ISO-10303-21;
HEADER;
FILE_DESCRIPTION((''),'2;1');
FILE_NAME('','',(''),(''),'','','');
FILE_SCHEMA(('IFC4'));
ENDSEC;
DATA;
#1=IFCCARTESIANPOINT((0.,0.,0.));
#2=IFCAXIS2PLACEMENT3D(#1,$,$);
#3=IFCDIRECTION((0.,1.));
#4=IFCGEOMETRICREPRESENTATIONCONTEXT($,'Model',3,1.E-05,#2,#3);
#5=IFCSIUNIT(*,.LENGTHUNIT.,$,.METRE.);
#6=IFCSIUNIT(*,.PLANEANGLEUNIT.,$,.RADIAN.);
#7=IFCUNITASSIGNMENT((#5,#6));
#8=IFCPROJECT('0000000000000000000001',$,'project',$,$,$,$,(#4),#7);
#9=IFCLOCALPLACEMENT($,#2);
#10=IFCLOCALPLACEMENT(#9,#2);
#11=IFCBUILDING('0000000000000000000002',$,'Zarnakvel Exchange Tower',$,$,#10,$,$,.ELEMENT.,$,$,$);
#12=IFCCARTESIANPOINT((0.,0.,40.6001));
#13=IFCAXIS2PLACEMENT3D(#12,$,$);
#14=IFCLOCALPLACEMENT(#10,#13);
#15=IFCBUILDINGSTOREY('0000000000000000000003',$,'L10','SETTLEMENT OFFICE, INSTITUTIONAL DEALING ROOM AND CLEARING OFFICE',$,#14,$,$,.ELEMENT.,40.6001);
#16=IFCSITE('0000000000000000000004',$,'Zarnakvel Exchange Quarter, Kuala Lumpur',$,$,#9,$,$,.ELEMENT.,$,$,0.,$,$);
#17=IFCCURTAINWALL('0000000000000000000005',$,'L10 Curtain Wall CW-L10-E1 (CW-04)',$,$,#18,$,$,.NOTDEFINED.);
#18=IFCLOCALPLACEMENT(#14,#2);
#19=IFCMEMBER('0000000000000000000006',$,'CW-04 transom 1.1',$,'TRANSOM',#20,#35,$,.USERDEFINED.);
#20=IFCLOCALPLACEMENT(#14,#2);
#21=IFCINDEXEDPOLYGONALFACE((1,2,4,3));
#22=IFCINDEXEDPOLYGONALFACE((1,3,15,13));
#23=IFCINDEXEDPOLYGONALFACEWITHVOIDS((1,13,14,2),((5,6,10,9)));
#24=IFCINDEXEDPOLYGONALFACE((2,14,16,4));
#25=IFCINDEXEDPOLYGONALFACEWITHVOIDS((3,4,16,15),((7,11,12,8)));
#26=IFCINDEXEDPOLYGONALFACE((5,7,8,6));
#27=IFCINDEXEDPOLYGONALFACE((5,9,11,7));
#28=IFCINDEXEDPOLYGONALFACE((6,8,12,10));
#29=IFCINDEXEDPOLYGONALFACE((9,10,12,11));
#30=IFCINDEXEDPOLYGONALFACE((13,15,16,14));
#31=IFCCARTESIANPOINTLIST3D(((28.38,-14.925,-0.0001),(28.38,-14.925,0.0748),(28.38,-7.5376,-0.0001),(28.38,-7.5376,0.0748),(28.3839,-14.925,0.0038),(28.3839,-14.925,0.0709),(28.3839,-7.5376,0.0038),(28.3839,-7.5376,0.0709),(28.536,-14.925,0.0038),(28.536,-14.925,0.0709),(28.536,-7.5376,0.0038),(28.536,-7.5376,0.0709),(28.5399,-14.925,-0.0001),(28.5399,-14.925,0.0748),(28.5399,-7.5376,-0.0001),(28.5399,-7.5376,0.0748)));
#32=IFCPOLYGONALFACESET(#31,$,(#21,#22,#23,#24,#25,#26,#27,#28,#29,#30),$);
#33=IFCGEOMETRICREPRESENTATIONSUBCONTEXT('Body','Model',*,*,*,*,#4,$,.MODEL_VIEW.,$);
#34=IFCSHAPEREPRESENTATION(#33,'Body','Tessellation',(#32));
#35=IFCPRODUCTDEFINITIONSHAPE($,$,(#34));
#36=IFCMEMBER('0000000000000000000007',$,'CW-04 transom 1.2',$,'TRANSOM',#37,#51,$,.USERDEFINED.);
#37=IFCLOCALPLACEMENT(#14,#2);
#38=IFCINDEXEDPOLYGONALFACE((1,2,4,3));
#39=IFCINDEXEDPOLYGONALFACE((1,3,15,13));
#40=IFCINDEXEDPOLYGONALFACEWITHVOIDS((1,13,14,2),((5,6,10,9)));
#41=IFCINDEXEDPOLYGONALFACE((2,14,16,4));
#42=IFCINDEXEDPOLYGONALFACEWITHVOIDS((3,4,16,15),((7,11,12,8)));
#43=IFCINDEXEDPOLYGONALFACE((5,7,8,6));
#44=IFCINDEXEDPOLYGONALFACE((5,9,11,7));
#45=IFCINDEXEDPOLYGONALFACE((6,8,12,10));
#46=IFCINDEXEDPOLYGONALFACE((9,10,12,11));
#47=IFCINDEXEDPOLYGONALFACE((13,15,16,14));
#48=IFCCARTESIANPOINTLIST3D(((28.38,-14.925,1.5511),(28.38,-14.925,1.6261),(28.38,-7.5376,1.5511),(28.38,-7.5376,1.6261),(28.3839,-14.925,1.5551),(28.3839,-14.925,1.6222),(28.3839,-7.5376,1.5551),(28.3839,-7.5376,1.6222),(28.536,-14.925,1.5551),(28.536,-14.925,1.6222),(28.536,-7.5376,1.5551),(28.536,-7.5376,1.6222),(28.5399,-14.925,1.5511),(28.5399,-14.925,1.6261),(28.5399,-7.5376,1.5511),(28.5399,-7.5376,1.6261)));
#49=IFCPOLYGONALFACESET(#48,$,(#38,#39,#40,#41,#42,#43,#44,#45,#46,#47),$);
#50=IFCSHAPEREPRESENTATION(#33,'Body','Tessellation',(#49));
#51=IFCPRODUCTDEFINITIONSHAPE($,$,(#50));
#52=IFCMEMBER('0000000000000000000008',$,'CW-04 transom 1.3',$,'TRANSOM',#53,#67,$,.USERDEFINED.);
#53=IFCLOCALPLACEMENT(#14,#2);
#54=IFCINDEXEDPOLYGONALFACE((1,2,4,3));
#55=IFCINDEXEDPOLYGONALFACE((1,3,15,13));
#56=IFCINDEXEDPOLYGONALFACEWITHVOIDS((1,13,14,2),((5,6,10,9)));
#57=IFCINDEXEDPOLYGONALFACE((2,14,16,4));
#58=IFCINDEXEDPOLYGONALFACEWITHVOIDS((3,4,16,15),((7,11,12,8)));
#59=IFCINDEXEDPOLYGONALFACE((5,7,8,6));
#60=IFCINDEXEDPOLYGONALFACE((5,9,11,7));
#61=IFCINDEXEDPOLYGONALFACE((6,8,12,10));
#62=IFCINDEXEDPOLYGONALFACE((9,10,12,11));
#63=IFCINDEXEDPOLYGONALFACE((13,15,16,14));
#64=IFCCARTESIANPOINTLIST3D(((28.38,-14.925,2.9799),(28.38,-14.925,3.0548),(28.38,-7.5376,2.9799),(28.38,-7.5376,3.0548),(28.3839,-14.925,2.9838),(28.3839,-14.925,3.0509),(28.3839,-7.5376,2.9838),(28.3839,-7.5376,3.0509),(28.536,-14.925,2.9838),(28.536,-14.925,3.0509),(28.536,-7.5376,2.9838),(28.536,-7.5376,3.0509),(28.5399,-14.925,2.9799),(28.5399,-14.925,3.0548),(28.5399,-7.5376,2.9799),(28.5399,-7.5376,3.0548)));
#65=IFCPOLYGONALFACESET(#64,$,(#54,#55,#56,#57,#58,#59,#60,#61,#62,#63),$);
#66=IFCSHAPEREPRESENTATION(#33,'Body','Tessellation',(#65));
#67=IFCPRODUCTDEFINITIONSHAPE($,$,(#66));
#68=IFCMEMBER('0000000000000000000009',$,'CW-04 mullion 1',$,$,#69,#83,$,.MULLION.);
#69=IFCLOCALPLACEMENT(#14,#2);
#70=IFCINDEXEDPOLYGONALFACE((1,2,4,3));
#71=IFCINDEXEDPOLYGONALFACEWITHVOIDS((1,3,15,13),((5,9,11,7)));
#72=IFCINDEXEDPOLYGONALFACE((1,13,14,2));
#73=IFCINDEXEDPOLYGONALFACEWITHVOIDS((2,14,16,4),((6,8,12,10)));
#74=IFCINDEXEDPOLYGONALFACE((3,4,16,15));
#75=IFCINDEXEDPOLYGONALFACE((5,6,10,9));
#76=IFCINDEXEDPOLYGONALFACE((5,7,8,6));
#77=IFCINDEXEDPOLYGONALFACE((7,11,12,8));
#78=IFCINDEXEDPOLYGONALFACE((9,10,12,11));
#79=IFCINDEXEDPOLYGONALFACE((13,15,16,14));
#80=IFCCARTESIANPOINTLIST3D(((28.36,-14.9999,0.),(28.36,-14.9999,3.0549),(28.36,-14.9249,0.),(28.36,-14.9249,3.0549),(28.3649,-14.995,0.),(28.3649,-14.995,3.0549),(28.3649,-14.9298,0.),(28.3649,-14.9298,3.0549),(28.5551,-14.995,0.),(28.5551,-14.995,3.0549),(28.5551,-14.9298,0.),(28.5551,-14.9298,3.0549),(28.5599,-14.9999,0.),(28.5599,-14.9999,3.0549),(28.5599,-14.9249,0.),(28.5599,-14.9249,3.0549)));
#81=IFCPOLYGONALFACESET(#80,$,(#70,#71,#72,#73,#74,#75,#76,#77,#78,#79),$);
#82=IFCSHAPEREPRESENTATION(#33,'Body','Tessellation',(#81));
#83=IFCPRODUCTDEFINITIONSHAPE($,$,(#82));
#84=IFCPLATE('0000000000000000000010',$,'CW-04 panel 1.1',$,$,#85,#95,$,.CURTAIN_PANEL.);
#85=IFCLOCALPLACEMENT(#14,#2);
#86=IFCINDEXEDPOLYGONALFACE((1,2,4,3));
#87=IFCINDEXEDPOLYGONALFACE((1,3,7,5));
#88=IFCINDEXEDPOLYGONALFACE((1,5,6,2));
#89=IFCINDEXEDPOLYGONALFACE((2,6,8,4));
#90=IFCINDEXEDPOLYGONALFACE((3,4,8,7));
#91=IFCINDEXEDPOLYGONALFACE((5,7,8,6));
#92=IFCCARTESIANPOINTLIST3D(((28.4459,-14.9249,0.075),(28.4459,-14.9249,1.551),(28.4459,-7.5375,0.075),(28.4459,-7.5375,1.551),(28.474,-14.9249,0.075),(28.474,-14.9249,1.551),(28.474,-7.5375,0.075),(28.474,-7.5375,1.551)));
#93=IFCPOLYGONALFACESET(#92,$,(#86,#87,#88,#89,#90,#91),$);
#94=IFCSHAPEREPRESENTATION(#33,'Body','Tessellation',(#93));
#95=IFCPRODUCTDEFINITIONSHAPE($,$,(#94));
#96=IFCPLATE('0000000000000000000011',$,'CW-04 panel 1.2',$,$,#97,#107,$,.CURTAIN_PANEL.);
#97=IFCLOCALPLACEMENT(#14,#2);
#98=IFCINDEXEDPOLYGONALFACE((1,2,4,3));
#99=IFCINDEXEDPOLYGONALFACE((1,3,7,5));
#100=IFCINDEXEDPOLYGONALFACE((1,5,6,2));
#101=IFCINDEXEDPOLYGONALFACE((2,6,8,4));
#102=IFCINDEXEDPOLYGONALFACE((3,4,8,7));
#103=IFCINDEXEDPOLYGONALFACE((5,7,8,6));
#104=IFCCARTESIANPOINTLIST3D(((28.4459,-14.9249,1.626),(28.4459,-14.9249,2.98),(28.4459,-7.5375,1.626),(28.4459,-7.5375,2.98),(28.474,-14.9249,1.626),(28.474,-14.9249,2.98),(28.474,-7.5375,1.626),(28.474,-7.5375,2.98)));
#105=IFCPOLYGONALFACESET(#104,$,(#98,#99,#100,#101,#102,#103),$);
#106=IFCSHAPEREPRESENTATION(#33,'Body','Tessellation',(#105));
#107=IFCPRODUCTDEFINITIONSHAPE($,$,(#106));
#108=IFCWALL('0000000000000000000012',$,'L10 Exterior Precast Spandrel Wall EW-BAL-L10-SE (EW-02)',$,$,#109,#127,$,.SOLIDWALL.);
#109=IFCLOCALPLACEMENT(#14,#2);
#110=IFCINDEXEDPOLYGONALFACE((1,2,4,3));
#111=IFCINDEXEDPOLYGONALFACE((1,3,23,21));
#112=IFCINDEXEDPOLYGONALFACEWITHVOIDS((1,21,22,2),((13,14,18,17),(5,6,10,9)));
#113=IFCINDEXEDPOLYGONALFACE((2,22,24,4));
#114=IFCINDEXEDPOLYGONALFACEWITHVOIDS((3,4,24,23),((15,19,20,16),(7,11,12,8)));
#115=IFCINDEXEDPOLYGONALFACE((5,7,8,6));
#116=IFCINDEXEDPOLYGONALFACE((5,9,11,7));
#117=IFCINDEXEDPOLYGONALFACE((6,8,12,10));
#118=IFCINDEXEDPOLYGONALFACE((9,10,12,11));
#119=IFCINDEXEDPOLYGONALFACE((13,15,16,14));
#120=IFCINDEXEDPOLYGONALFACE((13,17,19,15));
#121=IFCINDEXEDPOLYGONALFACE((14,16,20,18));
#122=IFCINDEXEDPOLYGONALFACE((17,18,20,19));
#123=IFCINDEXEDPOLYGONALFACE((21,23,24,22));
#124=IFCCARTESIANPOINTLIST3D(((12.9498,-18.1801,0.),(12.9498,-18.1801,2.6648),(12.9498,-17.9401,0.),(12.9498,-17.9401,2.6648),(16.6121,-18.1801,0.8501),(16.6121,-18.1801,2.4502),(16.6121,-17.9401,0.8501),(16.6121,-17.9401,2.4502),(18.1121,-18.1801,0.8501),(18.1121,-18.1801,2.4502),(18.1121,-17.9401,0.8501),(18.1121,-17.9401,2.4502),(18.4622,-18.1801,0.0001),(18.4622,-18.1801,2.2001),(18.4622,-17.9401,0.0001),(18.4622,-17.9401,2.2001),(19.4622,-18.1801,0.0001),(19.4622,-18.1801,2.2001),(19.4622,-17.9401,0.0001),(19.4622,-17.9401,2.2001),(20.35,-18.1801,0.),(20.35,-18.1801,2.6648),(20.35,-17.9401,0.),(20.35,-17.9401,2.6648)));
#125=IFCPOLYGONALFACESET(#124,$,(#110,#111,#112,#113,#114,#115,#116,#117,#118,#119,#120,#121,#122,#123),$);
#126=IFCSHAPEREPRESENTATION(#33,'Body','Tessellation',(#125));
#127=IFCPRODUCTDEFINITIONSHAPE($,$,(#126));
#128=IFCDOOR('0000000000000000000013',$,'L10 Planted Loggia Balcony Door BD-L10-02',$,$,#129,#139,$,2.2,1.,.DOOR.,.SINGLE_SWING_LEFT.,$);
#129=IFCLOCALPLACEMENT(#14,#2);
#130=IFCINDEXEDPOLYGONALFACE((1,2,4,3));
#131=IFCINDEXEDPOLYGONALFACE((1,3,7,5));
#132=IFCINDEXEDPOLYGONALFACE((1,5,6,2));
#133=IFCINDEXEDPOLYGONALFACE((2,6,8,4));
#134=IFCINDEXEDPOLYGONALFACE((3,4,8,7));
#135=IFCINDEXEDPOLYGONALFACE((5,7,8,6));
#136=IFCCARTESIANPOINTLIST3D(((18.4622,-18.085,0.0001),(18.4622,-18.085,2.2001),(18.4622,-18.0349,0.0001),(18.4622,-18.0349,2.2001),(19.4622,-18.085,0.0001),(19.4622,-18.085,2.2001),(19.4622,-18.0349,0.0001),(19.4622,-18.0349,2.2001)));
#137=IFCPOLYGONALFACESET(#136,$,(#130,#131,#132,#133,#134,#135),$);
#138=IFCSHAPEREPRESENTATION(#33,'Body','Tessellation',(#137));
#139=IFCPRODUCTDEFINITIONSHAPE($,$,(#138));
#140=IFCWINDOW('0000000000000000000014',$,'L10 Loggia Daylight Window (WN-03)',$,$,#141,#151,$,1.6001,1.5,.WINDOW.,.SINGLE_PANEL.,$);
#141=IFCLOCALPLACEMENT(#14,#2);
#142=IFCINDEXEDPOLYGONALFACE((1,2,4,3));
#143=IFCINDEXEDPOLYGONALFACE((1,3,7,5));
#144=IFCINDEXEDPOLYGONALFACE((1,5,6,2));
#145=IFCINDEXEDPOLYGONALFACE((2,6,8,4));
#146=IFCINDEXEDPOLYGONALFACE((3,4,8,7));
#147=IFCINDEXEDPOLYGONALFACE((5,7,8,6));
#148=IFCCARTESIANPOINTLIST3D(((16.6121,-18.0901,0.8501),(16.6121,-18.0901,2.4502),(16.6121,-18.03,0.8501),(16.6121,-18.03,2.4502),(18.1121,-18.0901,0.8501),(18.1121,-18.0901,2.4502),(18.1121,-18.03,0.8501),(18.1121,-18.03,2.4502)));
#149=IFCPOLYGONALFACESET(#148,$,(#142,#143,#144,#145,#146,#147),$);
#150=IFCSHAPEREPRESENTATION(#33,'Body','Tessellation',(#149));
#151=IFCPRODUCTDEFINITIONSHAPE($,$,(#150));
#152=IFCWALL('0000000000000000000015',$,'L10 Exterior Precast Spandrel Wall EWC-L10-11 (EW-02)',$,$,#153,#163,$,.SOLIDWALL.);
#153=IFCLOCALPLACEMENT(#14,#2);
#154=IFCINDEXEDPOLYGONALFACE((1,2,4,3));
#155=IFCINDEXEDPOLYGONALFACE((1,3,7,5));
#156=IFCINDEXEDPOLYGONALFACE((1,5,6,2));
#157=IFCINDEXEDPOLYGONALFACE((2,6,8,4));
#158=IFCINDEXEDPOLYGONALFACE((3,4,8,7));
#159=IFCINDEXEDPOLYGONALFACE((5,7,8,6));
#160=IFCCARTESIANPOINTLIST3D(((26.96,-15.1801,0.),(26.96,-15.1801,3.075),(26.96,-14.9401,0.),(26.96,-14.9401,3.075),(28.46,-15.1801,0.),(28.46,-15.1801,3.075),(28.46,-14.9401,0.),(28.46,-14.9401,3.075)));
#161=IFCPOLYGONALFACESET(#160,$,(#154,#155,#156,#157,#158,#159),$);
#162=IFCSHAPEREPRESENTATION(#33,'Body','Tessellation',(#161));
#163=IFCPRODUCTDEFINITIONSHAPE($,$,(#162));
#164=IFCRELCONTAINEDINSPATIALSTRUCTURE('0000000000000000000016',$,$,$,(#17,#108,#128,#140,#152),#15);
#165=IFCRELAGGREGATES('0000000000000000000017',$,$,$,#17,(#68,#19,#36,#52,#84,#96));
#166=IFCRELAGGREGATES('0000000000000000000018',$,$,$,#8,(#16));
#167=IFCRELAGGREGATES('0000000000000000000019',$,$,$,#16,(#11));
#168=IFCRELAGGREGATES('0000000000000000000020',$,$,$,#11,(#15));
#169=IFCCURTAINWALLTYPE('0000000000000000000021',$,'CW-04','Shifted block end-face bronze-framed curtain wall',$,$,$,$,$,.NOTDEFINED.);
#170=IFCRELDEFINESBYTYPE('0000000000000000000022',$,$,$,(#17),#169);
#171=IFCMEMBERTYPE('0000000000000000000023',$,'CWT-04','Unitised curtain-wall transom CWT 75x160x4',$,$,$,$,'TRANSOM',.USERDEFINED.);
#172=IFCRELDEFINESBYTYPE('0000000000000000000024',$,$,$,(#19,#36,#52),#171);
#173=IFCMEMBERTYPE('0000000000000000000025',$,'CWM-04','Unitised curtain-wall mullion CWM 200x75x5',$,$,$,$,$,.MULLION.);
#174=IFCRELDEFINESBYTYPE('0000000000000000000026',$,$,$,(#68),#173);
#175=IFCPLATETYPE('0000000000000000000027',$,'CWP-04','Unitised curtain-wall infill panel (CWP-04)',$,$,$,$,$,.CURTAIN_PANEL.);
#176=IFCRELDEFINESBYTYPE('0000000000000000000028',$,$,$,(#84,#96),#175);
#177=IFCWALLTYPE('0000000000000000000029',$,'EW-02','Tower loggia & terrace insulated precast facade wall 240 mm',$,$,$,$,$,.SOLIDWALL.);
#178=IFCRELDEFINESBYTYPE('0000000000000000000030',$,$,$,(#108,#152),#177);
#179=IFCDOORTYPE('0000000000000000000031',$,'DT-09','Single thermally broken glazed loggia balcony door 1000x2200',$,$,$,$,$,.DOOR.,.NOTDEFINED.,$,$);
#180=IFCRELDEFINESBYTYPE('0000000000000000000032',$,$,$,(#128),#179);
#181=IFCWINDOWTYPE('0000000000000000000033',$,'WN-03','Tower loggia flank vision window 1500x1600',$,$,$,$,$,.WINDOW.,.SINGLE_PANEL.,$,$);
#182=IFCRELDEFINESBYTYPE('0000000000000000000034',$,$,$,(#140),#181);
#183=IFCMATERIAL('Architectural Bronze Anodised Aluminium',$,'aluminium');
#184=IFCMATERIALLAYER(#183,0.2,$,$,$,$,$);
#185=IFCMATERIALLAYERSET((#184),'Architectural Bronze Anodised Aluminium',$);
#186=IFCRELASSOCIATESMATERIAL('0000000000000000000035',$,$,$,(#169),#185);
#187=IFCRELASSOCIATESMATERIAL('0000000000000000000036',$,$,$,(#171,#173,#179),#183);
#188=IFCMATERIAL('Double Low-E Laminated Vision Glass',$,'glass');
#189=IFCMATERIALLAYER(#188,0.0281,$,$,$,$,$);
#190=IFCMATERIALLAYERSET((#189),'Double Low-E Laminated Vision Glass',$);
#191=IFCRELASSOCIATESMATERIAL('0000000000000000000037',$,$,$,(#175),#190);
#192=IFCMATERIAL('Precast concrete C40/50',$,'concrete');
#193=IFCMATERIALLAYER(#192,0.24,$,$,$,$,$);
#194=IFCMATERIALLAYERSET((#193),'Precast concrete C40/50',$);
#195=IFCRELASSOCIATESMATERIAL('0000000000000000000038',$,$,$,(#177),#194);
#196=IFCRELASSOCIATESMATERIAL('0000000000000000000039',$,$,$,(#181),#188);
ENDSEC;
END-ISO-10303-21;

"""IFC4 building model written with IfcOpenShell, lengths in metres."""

from ifc_helpers import new_model, si_unit, direction, frame, frame_2d, origin, origin_2d, place, context, subcontext, project, spatial, rectangle, hollow_rectangle, extrude, source, transform, mapped, material, layer, layer_set, material_profile, profile_set, type_object, element, fill, aggregate, save


model = new_model("IFC4")

# Units and contexts
model_context = context("Model", 3, precision=1e-05, world=origin(), true_north=direction((0.0, 1.0)))
body_context = subcontext(model_context, "Body", "Model", "MODEL_VIEW")
ifc_project = project(units=[si_unit("LENGTHUNIT", "METRE"), si_unit("PLANEANGLEUNIT", "RADIAN")], contexts=[model_context])

# Site, building, storey
site_placement = place(None, origin())
site = spatial("IfcSite", under=ifc_project, at=site_placement, Name="Zarnakvel Exchange Quarter, Kuala Lumpur", CompositionType="ELEMENT", RefElevation=0.0)
building_placement = place(site_placement, origin())
building = spatial("IfcBuilding", under=site, at=building_placement, Name="Zarnakvel Exchange Tower", CompositionType="ELEMENT")
storey_placement = place(building_placement, frame((0.0, 0.0, 40.6001)))
storey = spatial("IfcBuildingStorey", under=building, at=storey_placement, Name="L10", Description="SETTLEMENT OFFICE, INSTITUTIONAL DEALING ROOM AND CLEARING OFFICE", CompositionType="ELEMENT", Elevation=40.6001)

# Curtain wall, members, plates
ifc_material_1 = material(Name="Architectural Bronze Anodised Aluminium", Category="aluminium")
ifc_layer_1 = layer(ifc_material_1, 0.2)
ifc_layer_set_1 = layer_set([ifc_layer_1], Name="Architectural Bronze Anodised Aluminium")
curtain_wall_type = type_object("IfcCurtainWallType", Name="CW-04", Description="Shifted block end-face bronze-framed curtain wall", PredefinedType="NOTDEFINED", material=ifc_layer_set_1)
curtain_wall_placement = place(storey_placement, origin())
curtain_wall = element("IfcCurtainWall", 1, at=curtain_wall_placement, inside=storey, type_object=curtain_wall_type, Name="L10 Curtain Wall CW-L10-E1 (CW-04)", PredefinedType="NOTDEFINED")
ifc_material_profile_1 = material_profile(ifc_material_1, hollow_rectangle(XDim=0.1599, YDim=0.075, WallThickness=0.0039, at=origin_2d()))
ifc_profile_set_1 = profile_set([ifc_material_profile_1], Name="Architectural Bronze Anodised Aluminium")
member_type_1 = type_object("IfcMemberType", Name="CWT-04", Description="Unitised curtain-wall transom CWT 75x160x4", ElementType="TRANSOM", PredefinedType="USERDEFINED", material=ifc_profile_set_1)
shared_shape_1 = source(origin(), body_context, "Body", "SweptSolid", [
    extrude(hollow_rectangle(XDim=0.1599, YDim=0.075, WallThickness=0.0039, at=origin_2d()), origin(), (0.0, 0.0, 1.0), 7.3875),
])
member_1_placement = place(storey_placement, frame((28.46, -14.925, 0.0374), z_axis=(0.0, 1.0, 0.0), x_axis=(-1.0, 0.0, 0.0)))
member_1 = element("IfcMember", 2, at=member_1_placement, type_object=member_type_1, Name="CW-04 transom 1.1", ObjectType="TRANSOM", PredefinedType="USERDEFINED", context=body_context, shape_type="MappedRepresentation", body=[
    mapped(shared_shape_1, transform((0.0, 0.0, 0.0), x_axis=(1.0, 0.0, 0.0), y_axis=(0.0, 1.0, 0.0), z_axis=(0.0, 0.0, 1.0), scale=1.0)),
])
member_2_placement = place(storey_placement, frame((28.46, -14.925, 1.5886), z_axis=(0.0, 1.0, 0.0), x_axis=(-1.0, 0.0, 0.0)))
member_2 = element("IfcMember", 3, at=member_2_placement, type_object=member_type_1, Name="CW-04 transom 1.2", ObjectType="TRANSOM", PredefinedType="USERDEFINED", context=body_context, shape_type="MappedRepresentation", body=[
    mapped(shared_shape_1, transform((0.0, 0.0, 0.0), x_axis=(1.0, 0.0, 0.0), y_axis=(0.0, 1.0, 0.0), z_axis=(0.0, 0.0, 1.0), scale=1.0)),
])
member_3_placement = place(storey_placement, frame((28.46, -14.925, 3.0173), z_axis=(0.0, 1.0, 0.0), x_axis=(-1.0, 0.0, 0.0)))
member_3 = element("IfcMember", 4, at=member_3_placement, type_object=member_type_1, Name="CW-04 transom 1.3", ObjectType="TRANSOM", PredefinedType="USERDEFINED", context=body_context, shape_type="MappedRepresentation", body=[
    mapped(shared_shape_1, transform((0.0, 0.0, 0.0), x_axis=(1.0, 0.0, 0.0), y_axis=(0.0, 1.0, 0.0), z_axis=(0.0, 0.0, 1.0), scale=1.0)),
])
ifc_material_profile_2 = material_profile(ifc_material_1, hollow_rectangle(XDim=0.2, YDim=0.075, WallThickness=0.0049, at=origin_2d()))
ifc_profile_set_2 = profile_set([ifc_material_profile_2], Name="Architectural Bronze Anodised Aluminium")
member_type_2 = type_object("IfcMemberType", Name="CWM-04", Description="Unitised curtain-wall mullion CWM 200x75x5", PredefinedType="MULLION", material=ifc_profile_set_2)
shared_shape_2 = source(origin(), body_context, "Body", "SweptSolid", [
    extrude(hollow_rectangle(XDim=0.2, YDim=0.075, WallThickness=0.0049, at=origin_2d()), origin(), (0.0, 0.0, 1.0), 3.0549),
])
member_4_placement = place(storey_placement, frame((28.46, -14.9624, 0.0), z_axis=(0.0, 0.0, 1.0), x_axis=(-1.0, 0.0, 0.0)))
member_4 = element("IfcMember", 5, at=member_4_placement, type_object=member_type_2, Name="CW-04 mullion 1", PredefinedType="MULLION", context=body_context, shape_type="MappedRepresentation", body=[
    mapped(shared_shape_2, transform((0.0, 0.0, 0.0), x_axis=(1.0, 0.0, 0.0), y_axis=(0.0, 1.0, 0.0), z_axis=(0.0, 0.0, 1.0), scale=1.0)),
])
ifc_material_2 = material(Name="Double Low-E Laminated Vision Glass", Category="glass")
ifc_layer_2 = layer(ifc_material_2, 0.0281)
ifc_layer_set_2 = layer_set([ifc_layer_2], Name="Double Low-E Laminated Vision Glass")
plate_type = type_object("IfcPlateType", Name="CWP-04", Description="Unitised curtain-wall infill panel (CWP-04)", PredefinedType="CURTAIN_PANEL", material=ifc_layer_set_2)
shared_shape_3 = source(origin(), body_context, "Body", "SweptSolid", [
    extrude(rectangle(XDim=7.3875, YDim=0.0281, at=origin_2d()), origin(), (0.0, 0.0, 1.0), 1.4761),
])
plate_1_placement = place(storey_placement, frame((28.46, -11.2312, 0.075), z_axis=(0.0, 0.0, 1.0), x_axis=(0.0, 1.0, 0.0)))
plate_1 = element("IfcPlate", 6, at=plate_1_placement, type_object=plate_type, Name="CW-04 panel 1.1", PredefinedType="CURTAIN_PANEL", context=body_context, shape_type="MappedRepresentation", body=[
    mapped(shared_shape_3, transform((0.0, 0.0, 0.0), x_axis=(1.0, 0.0, 0.0), y_axis=(0.0, 1.0, 0.0), z_axis=(0.0, 0.0, 1.0), scale=1.0)),
])
shared_shape_4 = source(origin(), body_context, "Body", "SweptSolid", [
    extrude(rectangle(XDim=7.3875, YDim=0.0281, at=origin_2d()), origin(), (0.0, 0.0, 1.0), 1.354),
])
plate_2_placement = place(storey_placement, frame((28.46, -11.2312, 1.626), z_axis=(0.0, 0.0, 1.0), x_axis=(0.0, 1.0, 0.0)))
plate_2 = element("IfcPlate", 7, at=plate_2_placement, type_object=plate_type, Name="CW-04 panel 1.2", PredefinedType="CURTAIN_PANEL", context=body_context, shape_type="MappedRepresentation", body=[
    mapped(shared_shape_4, transform((0.0, 0.0, 0.0), x_axis=(1.0, 0.0, 0.0), y_axis=(0.0, 1.0, 0.0), z_axis=(0.0, 0.0, 1.0), scale=1.0)),
])
aggregate(curtain_wall, [member_4, member_1, member_2, member_3, plate_1, plate_2])

# Wall, openings, door, window
ifc_material_3 = material(Name="Precast concrete C40/50", Category="concrete")
ifc_layer_3 = layer(ifc_material_3, 0.24)
ifc_layer_set_3 = layer_set([ifc_layer_3], Name="Precast concrete C40/50")
wall_type_1 = type_object("IfcWallType", Name="EW-02", Description="Tower loggia & terrace insulated precast facade wall 240 mm", PredefinedType="SOLIDWALL", material=ifc_layer_set_3)
wall_1_placement = place(storey_placement, frame((20.3501, -18.0601, 0.0), z_axis=(0.0, 0.0, 1.0), x_axis=(-1.0, 0.0, 0.0)))
wall_1 = element("IfcWall", 8, at=wall_1_placement, inside=storey, type_object=wall_type_1, Name="L10 Exterior Precast Spandrel Wall EW-BAL-L10-SE (EW-02)", PredefinedType="SOLIDWALL", context=body_context, shape_type="SweptSolid", body=[
    extrude(rectangle(XDim=7.4001, YDim=0.24, at=frame_2d((3.7002, 0.0))), origin(), (0.0, 0.0, 1.0), 2.6648),
])
opening_1_placement = place(wall_1_placement, frame((0.8879, 0.0, 0.0)))
opening_1 = element("IfcOpeningElement", 9, at=opening_1_placement, cuts=wall_1, PredefinedType="OPENING", context=body_context, shape_type="SweptSolid", body=[
    extrude(rectangle(XDim=1.0, YDim=2.2, at=frame_2d((0.5, 1.1001))), frame((0.0, 0.1299, 0.0), z_axis=(0.0, -1.0, 0.0), x_axis=(1.0, 0.0, 0.0)), (0.0, 0.0, 1.0), 0.26),
])
opening_2_placement = place(wall_1_placement, frame((2.238, 0.0, 0.8501)))
opening_2 = element("IfcOpeningElement", 10, at=opening_2_placement, cuts=wall_1, PredefinedType="OPENING", context=body_context, shape_type="SweptSolid", body=[
    extrude(rectangle(XDim=1.5, YDim=1.6001, at=frame_2d((0.75, 0.8))), frame((0.0, 0.1299, 0.0), z_axis=(0.0, -1.0, 0.0), x_axis=(1.0, 0.0, 0.0)), (0.0, 0.0, 1.0), 0.26),
])
door_type_1 = type_object("IfcDoorType", Name="DT-09", Description="Single thermally broken glazed loggia balcony door 1000x2200", OperationType="NOTDEFINED", PredefinedType="DOOR", material=ifc_material_1)
shared_shape_5 = source(origin(), body_context, "Body", "SweptSolid", [
    extrude(rectangle(XDim=1.0, YDim=2.2, at=frame_2d((0.5, 1.1001))), frame((0.0, 0.0249, 0.0), z_axis=(0.0, -1.0, 0.0), x_axis=(1.0, 0.0, 0.0)), (0.0, 0.0, 1.0), 0.05),
])
door_1_placement = place(opening_1_placement, origin())
door_1 = element("IfcDoor", 11, at=door_1_placement, inside=storey, type_object=door_type_1, Name="L10 Planted Loggia Balcony Door BD-L10-02", OperationType="SINGLE_SWING_LEFT", OverallHeight=2.2, OverallWidth=1.0, PredefinedType="DOOR", context=body_context, shape_type="MappedRepresentation", body=[
    mapped(shared_shape_5, transform((0.0, 0.0, 0.0), x_axis=(1.0, 0.0, 0.0), y_axis=(0.0, 1.0, 0.0), z_axis=(0.0, 0.0, 1.0), scale=1.0)),
])
fill(opening_1, door_1)
window_type = type_object("IfcWindowType", Name="WN-03", Description="Tower loggia flank vision window 1500x1600", PartitioningType="SINGLE_PANEL", PredefinedType="WINDOW", material=ifc_material_2)
shared_shape_6 = source(origin(), body_context, "Body", "SweptSolid", [
    extrude(rectangle(XDim=1.5, YDim=1.6001, at=frame_2d((0.75, 0.8))), frame((0.0, 0.03, 0.0), z_axis=(0.0, -1.0, 0.0), x_axis=(1.0, 0.0, 0.0)), (0.0, 0.0, 1.0), 0.0601),
])
window_placement = place(opening_2_placement, origin())
window = element("IfcWindow", 12, at=window_placement, inside=storey, type_object=window_type, Name="L10 Loggia Daylight Window (WN-03)", OverallHeight=1.6001, OverallWidth=1.5, PartitioningType="SINGLE_PANEL", PredefinedType="WINDOW", context=body_context, shape_type="MappedRepresentation", body=[
    mapped(shared_shape_6, transform((0.0, 0.0, 0.0), x_axis=(1.0, 0.0, 0.0), y_axis=(0.0, 1.0, 0.0), z_axis=(0.0, 0.0, 1.0), scale=1.0)),
])
fill(opening_2, window)

# Wall
for number, where, z_axis, x_axis, name in (
    (13, (26.96, -15.0601, 0.0), (0.0, 0.0, 1.0), (1.0, 0.0, 0.0), "L10 Exterior Precast Spandrel Wall EWC-L10-11 (EW-02)"),
):
    element("IfcWall", number, at=place(storey_placement, frame(where, z_axis=z_axis, x_axis=x_axis)), inside=storey, type_object=wall_type_1, Name=name, PredefinedType="SOLIDWALL", context=body_context, shape_type="SweptSolid", body=[
        extrude(rectangle(XDim=1.5, YDim=0.24, at=frame_2d((0.75, 0.0))), origin(), (0.0, 0.0, 1.0), 3.075),
    ])

save(model, "model.ifc")
